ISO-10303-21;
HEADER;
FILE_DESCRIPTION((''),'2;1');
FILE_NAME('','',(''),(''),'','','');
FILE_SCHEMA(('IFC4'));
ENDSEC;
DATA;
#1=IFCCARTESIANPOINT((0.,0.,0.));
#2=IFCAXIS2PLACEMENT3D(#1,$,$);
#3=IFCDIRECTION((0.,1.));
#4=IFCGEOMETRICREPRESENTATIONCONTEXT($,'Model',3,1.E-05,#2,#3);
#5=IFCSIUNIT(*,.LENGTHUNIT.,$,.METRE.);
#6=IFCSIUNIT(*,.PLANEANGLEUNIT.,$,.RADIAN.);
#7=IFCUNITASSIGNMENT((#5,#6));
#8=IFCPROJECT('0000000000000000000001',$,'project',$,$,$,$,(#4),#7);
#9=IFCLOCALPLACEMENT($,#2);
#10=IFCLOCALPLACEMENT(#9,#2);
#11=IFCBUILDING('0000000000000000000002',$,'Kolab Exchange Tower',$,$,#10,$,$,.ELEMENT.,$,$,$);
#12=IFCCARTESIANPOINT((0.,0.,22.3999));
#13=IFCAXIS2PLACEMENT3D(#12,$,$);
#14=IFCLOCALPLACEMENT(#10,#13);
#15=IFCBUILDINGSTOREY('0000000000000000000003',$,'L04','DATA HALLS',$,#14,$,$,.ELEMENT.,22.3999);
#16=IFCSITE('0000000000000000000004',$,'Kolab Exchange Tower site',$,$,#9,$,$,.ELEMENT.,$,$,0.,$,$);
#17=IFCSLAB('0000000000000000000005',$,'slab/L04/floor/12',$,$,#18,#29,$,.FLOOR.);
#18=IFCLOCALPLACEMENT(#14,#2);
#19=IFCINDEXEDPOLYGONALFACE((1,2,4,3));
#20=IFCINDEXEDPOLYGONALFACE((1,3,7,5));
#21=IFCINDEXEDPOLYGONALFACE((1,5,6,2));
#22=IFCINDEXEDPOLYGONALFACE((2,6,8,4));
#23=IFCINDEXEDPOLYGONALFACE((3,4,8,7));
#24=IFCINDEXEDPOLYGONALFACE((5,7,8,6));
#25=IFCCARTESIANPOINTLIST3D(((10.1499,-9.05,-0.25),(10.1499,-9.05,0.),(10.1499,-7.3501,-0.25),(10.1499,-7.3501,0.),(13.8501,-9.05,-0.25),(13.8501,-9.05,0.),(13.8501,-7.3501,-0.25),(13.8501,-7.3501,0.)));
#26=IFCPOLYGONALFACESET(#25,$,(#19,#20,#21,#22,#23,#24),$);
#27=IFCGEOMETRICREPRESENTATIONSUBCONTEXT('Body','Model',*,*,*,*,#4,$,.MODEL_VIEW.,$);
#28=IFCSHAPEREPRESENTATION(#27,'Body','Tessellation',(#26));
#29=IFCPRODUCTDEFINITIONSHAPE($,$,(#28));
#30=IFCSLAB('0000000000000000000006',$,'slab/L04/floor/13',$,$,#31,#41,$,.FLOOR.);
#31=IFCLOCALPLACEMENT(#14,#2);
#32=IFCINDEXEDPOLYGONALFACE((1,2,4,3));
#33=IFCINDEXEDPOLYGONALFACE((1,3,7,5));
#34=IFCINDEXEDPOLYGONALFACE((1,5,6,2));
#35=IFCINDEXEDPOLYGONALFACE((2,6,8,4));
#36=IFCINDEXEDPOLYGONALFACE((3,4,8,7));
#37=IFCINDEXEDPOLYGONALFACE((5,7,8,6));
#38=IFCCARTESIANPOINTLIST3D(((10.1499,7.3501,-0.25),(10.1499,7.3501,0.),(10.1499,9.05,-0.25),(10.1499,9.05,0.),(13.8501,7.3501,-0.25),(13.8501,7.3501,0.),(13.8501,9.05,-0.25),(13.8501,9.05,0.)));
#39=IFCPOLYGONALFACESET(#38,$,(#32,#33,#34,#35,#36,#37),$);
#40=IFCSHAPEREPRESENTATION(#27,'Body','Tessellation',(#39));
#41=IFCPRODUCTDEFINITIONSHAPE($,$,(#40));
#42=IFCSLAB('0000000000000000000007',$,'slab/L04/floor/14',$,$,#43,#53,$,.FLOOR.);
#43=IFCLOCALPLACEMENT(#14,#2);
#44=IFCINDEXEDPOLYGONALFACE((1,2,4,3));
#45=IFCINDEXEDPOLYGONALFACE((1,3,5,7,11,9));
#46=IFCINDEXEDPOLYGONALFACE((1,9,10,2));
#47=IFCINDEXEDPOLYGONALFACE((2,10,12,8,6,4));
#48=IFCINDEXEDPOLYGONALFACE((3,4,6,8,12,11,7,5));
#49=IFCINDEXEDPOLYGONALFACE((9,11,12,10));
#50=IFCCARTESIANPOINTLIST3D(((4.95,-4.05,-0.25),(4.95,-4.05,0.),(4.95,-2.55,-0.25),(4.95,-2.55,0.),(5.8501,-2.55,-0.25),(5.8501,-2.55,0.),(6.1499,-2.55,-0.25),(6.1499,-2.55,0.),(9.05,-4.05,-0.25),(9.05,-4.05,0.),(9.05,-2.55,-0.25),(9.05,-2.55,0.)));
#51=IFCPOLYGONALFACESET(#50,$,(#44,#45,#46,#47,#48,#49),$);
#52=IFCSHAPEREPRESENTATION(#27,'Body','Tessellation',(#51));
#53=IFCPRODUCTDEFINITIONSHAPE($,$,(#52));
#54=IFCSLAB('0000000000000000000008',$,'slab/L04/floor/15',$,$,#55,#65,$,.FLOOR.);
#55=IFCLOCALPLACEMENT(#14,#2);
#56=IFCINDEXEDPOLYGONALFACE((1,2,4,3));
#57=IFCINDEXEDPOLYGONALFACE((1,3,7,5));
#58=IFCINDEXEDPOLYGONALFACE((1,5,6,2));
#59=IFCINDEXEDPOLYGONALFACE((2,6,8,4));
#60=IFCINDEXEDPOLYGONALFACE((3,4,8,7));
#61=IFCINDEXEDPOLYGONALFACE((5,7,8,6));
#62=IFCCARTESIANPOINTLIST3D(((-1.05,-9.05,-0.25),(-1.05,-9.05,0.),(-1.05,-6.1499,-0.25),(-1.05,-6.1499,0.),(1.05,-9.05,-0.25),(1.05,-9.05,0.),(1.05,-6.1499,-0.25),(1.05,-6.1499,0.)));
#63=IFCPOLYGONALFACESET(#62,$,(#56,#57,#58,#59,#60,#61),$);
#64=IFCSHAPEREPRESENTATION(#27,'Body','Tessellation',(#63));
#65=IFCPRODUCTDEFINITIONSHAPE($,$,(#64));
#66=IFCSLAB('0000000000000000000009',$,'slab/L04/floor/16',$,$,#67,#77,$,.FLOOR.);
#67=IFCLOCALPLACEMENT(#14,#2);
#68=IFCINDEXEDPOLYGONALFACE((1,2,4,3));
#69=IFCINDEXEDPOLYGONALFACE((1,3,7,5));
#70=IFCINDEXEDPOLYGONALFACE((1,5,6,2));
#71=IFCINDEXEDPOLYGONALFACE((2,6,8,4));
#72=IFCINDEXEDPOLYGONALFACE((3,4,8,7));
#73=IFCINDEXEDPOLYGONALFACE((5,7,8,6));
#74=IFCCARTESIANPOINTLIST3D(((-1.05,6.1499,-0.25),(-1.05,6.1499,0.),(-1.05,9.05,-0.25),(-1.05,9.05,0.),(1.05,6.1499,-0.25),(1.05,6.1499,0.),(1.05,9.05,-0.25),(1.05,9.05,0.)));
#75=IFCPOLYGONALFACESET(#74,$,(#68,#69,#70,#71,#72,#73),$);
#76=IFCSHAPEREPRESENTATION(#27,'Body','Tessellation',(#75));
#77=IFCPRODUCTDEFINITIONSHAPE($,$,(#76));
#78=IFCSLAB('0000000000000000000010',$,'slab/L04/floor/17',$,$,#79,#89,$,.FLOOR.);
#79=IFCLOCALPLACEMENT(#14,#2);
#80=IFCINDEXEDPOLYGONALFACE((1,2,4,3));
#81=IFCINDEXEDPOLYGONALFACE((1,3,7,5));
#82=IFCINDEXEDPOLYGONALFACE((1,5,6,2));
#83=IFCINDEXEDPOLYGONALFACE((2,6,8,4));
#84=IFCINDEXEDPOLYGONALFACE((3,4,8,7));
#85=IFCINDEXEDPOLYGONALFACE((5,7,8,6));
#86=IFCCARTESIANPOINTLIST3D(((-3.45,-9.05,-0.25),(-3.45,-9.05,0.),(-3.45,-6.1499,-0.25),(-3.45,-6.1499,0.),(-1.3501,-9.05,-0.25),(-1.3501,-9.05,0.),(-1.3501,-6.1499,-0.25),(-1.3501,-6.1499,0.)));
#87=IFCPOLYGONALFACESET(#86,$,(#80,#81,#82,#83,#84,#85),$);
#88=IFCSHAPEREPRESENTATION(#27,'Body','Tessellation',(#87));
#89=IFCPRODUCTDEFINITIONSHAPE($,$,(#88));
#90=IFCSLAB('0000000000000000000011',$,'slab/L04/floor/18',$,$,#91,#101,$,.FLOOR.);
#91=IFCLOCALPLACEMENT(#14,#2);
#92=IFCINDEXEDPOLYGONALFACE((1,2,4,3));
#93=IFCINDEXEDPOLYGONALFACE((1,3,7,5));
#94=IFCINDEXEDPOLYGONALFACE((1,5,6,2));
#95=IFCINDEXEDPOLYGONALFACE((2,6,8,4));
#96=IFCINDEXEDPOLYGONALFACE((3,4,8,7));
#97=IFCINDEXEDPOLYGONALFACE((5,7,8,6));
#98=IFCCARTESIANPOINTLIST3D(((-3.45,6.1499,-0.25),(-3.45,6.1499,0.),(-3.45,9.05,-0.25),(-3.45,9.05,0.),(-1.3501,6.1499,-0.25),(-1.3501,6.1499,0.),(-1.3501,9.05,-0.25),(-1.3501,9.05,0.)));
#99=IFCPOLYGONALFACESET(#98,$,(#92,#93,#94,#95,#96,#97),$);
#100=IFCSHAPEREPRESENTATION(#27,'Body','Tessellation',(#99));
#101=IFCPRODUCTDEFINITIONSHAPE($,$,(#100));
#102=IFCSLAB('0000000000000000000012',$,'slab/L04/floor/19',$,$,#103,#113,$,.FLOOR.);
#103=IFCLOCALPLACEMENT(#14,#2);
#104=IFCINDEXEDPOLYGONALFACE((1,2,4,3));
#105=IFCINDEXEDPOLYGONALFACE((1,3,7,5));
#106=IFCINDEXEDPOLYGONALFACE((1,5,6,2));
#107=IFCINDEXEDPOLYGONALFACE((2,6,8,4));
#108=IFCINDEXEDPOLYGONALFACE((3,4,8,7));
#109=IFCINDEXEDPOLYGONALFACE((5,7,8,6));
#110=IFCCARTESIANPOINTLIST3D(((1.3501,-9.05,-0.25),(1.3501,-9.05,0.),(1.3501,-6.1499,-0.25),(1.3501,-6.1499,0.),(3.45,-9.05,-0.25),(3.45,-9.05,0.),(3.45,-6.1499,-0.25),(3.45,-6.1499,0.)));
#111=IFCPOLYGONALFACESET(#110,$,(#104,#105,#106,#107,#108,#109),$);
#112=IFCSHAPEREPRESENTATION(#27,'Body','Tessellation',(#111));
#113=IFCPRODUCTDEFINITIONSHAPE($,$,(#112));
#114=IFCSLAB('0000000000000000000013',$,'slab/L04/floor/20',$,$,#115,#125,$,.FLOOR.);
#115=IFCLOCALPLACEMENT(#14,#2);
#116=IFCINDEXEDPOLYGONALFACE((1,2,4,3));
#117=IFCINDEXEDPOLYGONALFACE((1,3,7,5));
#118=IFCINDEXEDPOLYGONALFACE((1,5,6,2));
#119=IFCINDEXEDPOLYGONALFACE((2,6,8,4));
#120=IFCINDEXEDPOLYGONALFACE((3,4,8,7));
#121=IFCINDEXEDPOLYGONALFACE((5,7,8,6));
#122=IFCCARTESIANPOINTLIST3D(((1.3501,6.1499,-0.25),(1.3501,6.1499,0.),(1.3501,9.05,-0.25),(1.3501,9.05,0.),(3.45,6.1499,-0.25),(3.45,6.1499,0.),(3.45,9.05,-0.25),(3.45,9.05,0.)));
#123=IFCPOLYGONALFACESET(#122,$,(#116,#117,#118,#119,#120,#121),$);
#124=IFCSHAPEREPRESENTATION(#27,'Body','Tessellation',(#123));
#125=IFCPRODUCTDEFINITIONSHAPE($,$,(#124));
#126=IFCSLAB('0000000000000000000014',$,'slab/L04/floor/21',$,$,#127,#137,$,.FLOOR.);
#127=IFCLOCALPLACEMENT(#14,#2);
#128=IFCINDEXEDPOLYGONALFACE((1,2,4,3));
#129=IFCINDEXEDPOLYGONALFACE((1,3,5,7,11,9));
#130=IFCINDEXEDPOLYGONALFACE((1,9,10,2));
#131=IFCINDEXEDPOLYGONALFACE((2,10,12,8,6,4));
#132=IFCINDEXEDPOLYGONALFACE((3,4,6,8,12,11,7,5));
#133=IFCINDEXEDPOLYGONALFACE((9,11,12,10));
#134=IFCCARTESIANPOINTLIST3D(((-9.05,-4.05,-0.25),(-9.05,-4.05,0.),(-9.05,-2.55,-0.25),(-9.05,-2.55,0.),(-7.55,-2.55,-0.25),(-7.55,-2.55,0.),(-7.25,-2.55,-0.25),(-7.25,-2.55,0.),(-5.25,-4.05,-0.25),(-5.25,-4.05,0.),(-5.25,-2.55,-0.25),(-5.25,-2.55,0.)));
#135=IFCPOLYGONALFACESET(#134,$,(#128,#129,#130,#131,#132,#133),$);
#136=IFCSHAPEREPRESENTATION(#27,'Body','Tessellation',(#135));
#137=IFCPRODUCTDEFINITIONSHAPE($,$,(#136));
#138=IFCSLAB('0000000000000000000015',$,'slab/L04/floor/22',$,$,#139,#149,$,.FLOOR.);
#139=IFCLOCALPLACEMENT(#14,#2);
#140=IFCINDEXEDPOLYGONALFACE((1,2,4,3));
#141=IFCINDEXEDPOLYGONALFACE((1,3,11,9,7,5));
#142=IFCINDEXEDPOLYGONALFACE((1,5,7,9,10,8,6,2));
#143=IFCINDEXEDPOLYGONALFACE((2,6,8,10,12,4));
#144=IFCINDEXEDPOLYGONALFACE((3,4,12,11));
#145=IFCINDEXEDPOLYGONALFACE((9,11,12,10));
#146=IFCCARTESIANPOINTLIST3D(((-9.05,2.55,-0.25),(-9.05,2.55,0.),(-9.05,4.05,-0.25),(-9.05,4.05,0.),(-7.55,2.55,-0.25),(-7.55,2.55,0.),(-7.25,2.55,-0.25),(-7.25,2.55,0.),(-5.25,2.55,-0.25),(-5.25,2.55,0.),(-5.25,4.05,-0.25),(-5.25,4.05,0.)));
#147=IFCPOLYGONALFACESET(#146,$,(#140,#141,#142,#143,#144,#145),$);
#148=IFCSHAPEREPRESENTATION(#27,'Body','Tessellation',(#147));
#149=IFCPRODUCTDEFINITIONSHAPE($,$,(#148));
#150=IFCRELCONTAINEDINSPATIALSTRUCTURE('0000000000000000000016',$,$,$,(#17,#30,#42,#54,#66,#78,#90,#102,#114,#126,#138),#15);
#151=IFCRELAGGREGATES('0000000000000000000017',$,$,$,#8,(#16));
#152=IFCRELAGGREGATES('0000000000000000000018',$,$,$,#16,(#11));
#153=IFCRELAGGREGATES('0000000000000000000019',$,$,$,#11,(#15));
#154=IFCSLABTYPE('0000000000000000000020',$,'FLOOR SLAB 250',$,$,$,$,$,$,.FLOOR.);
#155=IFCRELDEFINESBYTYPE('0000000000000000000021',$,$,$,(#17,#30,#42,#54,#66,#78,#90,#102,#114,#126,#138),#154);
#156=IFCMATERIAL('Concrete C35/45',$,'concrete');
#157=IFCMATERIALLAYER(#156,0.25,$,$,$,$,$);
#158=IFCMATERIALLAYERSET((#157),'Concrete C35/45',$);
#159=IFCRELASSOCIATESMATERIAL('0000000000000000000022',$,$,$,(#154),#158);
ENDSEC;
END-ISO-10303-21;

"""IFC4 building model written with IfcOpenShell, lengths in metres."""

from ifc_helpers import new_model, si_unit, direction, frame, origin, place, context, subcontext, project, spatial, polyline, outline, extrude, material, layer, layer_set, type_object, element, save


model = new_model("IFC4")

# Units and contexts
model_context = context("Model", 3, precision=1e-05, world=origin(), true_north=direction((0.0, 1.0)))
body_context = subcontext(model_context, "Body", "Model", "MODEL_VIEW")
ifc_project = project(units=[si_unit("LENGTHUNIT", "METRE"), si_unit("PLANEANGLEUNIT", "RADIAN")], contexts=[model_context])

# Site, building, storey
site_placement = place(None, origin())
site = spatial("IfcSite", under=ifc_project, at=site_placement, Name="Kolab Exchange Tower site", CompositionType="ELEMENT", RefElevation=0.0)
building_placement = place(site_placement, origin())
building = spatial("IfcBuilding", under=site, at=building_placement, Name="Kolab Exchange Tower", CompositionType="ELEMENT")
storey_placement = place(building_placement, frame((0.0, 0.0, 22.3999)))
storey = spatial("IfcBuildingStorey", under=building, at=storey_placement, Name="L04", Description="DATA HALLS", CompositionType="ELEMENT", Elevation=22.3999)

# Slabs
ifc_material_1 = material(Name="Concrete C35/45", Category="concrete")
ifc_layer_1 = layer(ifc_material_1, 0.25)
ifc_layer_set_1 = layer_set([ifc_layer_1], Name="Concrete C35/45")
slab_type_1 = type_object("IfcSlabType", Name="FLOOR SLAB 250", PredefinedType="FLOOR", material=ifc_layer_set_1)
slab_1_placement = place(storey_placement, frame((0.0, 0.0, -0.25)))
element("IfcSlab", 1, at=slab_1_placement, inside=storey, type_object=slab_type_1, Name="slab/L04/floor/12", PredefinedType="FLOOR", context=body_context, shape_type="SweptSolid", body=[
    extrude(outline(polyline([(10.1499, -7.3501), (10.1499, -9.05), (13.8501, -9.05), (13.8501, -7.3501), (10.1499, -7.3501)])), origin(), (0.0, 0.0, 1.0), 0.25),
])
slab_2_placement = place(storey_placement, frame((0.0, 0.0, -0.25)))
element("IfcSlab", 2, at=slab_2_placement, inside=storey, type_object=slab_type_1, Name="slab/L04/floor/13", PredefinedType="FLOOR", context=body_context, shape_type="SweptSolid", body=[
    extrude(outline(polyline([(10.1499, 7.3501), (13.8501, 7.3501), (13.8501, 9.05), (10.1499, 9.05), (10.1499, 7.3501)])), origin(), (0.0, 0.0, 1.0), 0.25),
])
slab_3_placement = place(storey_placement, frame((0.0, 0.0, -0.25)))
element("IfcSlab", 3, at=slab_3_placement, inside=storey, type_object=slab_type_1, Name="slab/L04/floor/14", PredefinedType="FLOOR", context=body_context, shape_type="SweptSolid", body=[
    extrude(outline(polyline([(9.05, -4.05), (9.05, -2.55), (6.1499, -2.55), (5.8501, -2.55), (4.95, -2.55), (4.95, -4.05), (9.05, -4.05)])), origin(), (0.0, 0.0, 1.0), 0.25),
])
slab_4_placement = place(storey_placement, frame((0.0, 0.0, -0.25)))
element("IfcSlab", 4, at=slab_4_placement, inside=storey, type_object=slab_type_1, Name="slab/L04/floor/15", PredefinedType="FLOOR", context=body_context, shape_type="SweptSolid", body=[
    extrude(outline(polyline([(1.05, -6.1499), (-1.05, -6.1499), (-1.05, -9.05), (1.05, -9.05), (1.05, -6.1499)])), origin(), (0.0, 0.0, 1.0), 0.25),
])
slab_5_placement = place(storey_placement, frame((0.0, 0.0, -0.25)))
element("IfcSlab", 5, at=slab_5_placement, inside=storey, type_object=slab_type_1, Name="slab/L04/floor/16", PredefinedType="FLOOR", context=body_context, shape_type="SweptSolid", body=[
    extrude(outline(polyline([(-1.05, 9.05), (-1.05, 6.1499), (1.05, 6.1499), (1.05, 9.05), (-1.05, 9.05)])), origin(), (0.0, 0.0, 1.0), 0.25),
])
slab_6_placement = place(storey_placement, frame((0.0, 0.0, -0.25)))
element("IfcSlab", 6, at=slab_6_placement, inside=storey, type_object=slab_type_1, Name="slab/L04/floor/17", PredefinedType="FLOOR", context=body_context, shape_type="SweptSolid", body=[
    extrude(outline(polyline([(-1.3501, -6.1499), (-3.45, -6.1499), (-3.45, -9.05), (-1.3501, -9.05), (-1.3501, -6.1499)])), origin(), (0.0, 0.0, 1.0), 0.25),
])
slab_7_placement = place(storey_placement, frame((0.0, 0.0, -0.25)))
element("IfcSlab", 7, at=slab_7_placement, inside=storey, type_object=slab_type_1, Name="slab/L04/floor/18", PredefinedType="FLOOR", context=body_context, shape_type="SweptSolid", body=[
    extrude(outline(polyline([(-1.3501, 6.1499), (-1.3501, 9.05), (-3.45, 9.05), (-3.45, 6.1499), (-1.3501, 6.1499)])), origin(), (0.0, 0.0, 1.0), 0.25),
])
slab_8_placement = place(storey_placement, frame((0.0, 0.0, -0.25)))
element("IfcSlab", 8, at=slab_8_placement, inside=storey, type_object=slab_type_1, Name="slab/L04/floor/19", PredefinedType="FLOOR", context=body_context, shape_type="SweptSolid", body=[
    extrude(outline(polyline([(1.3501, -6.1499), (1.3501, -9.05), (3.45, -9.05), (3.45, -6.1499), (1.3501, -6.1499)])), origin(), (0.0, 0.0, 1.0), 0.25),
])
slab_9_placement = place(storey_placement, frame((0.0, 0.0, -0.25)))
element("IfcSlab", 9, at=slab_9_placement, inside=storey, type_object=slab_type_1, Name="slab/L04/floor/20", PredefinedType="FLOOR", context=body_context, shape_type="SweptSolid", body=[
    extrude(outline(polyline([(1.3501, 6.1499), (3.45, 6.1499), (3.45, 9.05), (1.3501, 9.05), (1.3501, 6.1499)])), origin(), (0.0, 0.0, 1.0), 0.25),
])
slab_10_placement = place(storey_placement, frame((0.0, 0.0, -0.25)))
element("IfcSlab", 10, at=slab_10_placement, inside=storey, type_object=slab_type_1, Name="slab/L04/floor/21", PredefinedType="FLOOR", context=body_context, shape_type="SweptSolid", body=[
    extrude(outline(polyline([(-9.05, -4.05), (-5.25, -4.05), (-5.25, -2.55), (-7.25, -2.55), (-7.55, -2.55), (-9.05, -2.55), (-9.05, -4.05)])), origin(), (0.0, 0.0, 1.0), 0.25),
])
slab_11_placement = place(storey_placement, frame((0.0, 0.0, -0.25)))
element("IfcSlab", 11, at=slab_11_placement, inside=storey, type_object=slab_type_1, Name="slab/L04/floor/22", PredefinedType="FLOOR", context=body_context, shape_type="SweptSolid", body=[
    extrude(outline(polyline([(-5.25, 4.05), (-9.05, 4.05), (-9.05, 2.55), (-7.55, 2.55), (-7.25, 2.55), (-5.25, 2.55), (-5.25, 4.05)])), origin(), (0.0, 0.0, 1.0), 0.25),
])

save(model, "model.ifc")
